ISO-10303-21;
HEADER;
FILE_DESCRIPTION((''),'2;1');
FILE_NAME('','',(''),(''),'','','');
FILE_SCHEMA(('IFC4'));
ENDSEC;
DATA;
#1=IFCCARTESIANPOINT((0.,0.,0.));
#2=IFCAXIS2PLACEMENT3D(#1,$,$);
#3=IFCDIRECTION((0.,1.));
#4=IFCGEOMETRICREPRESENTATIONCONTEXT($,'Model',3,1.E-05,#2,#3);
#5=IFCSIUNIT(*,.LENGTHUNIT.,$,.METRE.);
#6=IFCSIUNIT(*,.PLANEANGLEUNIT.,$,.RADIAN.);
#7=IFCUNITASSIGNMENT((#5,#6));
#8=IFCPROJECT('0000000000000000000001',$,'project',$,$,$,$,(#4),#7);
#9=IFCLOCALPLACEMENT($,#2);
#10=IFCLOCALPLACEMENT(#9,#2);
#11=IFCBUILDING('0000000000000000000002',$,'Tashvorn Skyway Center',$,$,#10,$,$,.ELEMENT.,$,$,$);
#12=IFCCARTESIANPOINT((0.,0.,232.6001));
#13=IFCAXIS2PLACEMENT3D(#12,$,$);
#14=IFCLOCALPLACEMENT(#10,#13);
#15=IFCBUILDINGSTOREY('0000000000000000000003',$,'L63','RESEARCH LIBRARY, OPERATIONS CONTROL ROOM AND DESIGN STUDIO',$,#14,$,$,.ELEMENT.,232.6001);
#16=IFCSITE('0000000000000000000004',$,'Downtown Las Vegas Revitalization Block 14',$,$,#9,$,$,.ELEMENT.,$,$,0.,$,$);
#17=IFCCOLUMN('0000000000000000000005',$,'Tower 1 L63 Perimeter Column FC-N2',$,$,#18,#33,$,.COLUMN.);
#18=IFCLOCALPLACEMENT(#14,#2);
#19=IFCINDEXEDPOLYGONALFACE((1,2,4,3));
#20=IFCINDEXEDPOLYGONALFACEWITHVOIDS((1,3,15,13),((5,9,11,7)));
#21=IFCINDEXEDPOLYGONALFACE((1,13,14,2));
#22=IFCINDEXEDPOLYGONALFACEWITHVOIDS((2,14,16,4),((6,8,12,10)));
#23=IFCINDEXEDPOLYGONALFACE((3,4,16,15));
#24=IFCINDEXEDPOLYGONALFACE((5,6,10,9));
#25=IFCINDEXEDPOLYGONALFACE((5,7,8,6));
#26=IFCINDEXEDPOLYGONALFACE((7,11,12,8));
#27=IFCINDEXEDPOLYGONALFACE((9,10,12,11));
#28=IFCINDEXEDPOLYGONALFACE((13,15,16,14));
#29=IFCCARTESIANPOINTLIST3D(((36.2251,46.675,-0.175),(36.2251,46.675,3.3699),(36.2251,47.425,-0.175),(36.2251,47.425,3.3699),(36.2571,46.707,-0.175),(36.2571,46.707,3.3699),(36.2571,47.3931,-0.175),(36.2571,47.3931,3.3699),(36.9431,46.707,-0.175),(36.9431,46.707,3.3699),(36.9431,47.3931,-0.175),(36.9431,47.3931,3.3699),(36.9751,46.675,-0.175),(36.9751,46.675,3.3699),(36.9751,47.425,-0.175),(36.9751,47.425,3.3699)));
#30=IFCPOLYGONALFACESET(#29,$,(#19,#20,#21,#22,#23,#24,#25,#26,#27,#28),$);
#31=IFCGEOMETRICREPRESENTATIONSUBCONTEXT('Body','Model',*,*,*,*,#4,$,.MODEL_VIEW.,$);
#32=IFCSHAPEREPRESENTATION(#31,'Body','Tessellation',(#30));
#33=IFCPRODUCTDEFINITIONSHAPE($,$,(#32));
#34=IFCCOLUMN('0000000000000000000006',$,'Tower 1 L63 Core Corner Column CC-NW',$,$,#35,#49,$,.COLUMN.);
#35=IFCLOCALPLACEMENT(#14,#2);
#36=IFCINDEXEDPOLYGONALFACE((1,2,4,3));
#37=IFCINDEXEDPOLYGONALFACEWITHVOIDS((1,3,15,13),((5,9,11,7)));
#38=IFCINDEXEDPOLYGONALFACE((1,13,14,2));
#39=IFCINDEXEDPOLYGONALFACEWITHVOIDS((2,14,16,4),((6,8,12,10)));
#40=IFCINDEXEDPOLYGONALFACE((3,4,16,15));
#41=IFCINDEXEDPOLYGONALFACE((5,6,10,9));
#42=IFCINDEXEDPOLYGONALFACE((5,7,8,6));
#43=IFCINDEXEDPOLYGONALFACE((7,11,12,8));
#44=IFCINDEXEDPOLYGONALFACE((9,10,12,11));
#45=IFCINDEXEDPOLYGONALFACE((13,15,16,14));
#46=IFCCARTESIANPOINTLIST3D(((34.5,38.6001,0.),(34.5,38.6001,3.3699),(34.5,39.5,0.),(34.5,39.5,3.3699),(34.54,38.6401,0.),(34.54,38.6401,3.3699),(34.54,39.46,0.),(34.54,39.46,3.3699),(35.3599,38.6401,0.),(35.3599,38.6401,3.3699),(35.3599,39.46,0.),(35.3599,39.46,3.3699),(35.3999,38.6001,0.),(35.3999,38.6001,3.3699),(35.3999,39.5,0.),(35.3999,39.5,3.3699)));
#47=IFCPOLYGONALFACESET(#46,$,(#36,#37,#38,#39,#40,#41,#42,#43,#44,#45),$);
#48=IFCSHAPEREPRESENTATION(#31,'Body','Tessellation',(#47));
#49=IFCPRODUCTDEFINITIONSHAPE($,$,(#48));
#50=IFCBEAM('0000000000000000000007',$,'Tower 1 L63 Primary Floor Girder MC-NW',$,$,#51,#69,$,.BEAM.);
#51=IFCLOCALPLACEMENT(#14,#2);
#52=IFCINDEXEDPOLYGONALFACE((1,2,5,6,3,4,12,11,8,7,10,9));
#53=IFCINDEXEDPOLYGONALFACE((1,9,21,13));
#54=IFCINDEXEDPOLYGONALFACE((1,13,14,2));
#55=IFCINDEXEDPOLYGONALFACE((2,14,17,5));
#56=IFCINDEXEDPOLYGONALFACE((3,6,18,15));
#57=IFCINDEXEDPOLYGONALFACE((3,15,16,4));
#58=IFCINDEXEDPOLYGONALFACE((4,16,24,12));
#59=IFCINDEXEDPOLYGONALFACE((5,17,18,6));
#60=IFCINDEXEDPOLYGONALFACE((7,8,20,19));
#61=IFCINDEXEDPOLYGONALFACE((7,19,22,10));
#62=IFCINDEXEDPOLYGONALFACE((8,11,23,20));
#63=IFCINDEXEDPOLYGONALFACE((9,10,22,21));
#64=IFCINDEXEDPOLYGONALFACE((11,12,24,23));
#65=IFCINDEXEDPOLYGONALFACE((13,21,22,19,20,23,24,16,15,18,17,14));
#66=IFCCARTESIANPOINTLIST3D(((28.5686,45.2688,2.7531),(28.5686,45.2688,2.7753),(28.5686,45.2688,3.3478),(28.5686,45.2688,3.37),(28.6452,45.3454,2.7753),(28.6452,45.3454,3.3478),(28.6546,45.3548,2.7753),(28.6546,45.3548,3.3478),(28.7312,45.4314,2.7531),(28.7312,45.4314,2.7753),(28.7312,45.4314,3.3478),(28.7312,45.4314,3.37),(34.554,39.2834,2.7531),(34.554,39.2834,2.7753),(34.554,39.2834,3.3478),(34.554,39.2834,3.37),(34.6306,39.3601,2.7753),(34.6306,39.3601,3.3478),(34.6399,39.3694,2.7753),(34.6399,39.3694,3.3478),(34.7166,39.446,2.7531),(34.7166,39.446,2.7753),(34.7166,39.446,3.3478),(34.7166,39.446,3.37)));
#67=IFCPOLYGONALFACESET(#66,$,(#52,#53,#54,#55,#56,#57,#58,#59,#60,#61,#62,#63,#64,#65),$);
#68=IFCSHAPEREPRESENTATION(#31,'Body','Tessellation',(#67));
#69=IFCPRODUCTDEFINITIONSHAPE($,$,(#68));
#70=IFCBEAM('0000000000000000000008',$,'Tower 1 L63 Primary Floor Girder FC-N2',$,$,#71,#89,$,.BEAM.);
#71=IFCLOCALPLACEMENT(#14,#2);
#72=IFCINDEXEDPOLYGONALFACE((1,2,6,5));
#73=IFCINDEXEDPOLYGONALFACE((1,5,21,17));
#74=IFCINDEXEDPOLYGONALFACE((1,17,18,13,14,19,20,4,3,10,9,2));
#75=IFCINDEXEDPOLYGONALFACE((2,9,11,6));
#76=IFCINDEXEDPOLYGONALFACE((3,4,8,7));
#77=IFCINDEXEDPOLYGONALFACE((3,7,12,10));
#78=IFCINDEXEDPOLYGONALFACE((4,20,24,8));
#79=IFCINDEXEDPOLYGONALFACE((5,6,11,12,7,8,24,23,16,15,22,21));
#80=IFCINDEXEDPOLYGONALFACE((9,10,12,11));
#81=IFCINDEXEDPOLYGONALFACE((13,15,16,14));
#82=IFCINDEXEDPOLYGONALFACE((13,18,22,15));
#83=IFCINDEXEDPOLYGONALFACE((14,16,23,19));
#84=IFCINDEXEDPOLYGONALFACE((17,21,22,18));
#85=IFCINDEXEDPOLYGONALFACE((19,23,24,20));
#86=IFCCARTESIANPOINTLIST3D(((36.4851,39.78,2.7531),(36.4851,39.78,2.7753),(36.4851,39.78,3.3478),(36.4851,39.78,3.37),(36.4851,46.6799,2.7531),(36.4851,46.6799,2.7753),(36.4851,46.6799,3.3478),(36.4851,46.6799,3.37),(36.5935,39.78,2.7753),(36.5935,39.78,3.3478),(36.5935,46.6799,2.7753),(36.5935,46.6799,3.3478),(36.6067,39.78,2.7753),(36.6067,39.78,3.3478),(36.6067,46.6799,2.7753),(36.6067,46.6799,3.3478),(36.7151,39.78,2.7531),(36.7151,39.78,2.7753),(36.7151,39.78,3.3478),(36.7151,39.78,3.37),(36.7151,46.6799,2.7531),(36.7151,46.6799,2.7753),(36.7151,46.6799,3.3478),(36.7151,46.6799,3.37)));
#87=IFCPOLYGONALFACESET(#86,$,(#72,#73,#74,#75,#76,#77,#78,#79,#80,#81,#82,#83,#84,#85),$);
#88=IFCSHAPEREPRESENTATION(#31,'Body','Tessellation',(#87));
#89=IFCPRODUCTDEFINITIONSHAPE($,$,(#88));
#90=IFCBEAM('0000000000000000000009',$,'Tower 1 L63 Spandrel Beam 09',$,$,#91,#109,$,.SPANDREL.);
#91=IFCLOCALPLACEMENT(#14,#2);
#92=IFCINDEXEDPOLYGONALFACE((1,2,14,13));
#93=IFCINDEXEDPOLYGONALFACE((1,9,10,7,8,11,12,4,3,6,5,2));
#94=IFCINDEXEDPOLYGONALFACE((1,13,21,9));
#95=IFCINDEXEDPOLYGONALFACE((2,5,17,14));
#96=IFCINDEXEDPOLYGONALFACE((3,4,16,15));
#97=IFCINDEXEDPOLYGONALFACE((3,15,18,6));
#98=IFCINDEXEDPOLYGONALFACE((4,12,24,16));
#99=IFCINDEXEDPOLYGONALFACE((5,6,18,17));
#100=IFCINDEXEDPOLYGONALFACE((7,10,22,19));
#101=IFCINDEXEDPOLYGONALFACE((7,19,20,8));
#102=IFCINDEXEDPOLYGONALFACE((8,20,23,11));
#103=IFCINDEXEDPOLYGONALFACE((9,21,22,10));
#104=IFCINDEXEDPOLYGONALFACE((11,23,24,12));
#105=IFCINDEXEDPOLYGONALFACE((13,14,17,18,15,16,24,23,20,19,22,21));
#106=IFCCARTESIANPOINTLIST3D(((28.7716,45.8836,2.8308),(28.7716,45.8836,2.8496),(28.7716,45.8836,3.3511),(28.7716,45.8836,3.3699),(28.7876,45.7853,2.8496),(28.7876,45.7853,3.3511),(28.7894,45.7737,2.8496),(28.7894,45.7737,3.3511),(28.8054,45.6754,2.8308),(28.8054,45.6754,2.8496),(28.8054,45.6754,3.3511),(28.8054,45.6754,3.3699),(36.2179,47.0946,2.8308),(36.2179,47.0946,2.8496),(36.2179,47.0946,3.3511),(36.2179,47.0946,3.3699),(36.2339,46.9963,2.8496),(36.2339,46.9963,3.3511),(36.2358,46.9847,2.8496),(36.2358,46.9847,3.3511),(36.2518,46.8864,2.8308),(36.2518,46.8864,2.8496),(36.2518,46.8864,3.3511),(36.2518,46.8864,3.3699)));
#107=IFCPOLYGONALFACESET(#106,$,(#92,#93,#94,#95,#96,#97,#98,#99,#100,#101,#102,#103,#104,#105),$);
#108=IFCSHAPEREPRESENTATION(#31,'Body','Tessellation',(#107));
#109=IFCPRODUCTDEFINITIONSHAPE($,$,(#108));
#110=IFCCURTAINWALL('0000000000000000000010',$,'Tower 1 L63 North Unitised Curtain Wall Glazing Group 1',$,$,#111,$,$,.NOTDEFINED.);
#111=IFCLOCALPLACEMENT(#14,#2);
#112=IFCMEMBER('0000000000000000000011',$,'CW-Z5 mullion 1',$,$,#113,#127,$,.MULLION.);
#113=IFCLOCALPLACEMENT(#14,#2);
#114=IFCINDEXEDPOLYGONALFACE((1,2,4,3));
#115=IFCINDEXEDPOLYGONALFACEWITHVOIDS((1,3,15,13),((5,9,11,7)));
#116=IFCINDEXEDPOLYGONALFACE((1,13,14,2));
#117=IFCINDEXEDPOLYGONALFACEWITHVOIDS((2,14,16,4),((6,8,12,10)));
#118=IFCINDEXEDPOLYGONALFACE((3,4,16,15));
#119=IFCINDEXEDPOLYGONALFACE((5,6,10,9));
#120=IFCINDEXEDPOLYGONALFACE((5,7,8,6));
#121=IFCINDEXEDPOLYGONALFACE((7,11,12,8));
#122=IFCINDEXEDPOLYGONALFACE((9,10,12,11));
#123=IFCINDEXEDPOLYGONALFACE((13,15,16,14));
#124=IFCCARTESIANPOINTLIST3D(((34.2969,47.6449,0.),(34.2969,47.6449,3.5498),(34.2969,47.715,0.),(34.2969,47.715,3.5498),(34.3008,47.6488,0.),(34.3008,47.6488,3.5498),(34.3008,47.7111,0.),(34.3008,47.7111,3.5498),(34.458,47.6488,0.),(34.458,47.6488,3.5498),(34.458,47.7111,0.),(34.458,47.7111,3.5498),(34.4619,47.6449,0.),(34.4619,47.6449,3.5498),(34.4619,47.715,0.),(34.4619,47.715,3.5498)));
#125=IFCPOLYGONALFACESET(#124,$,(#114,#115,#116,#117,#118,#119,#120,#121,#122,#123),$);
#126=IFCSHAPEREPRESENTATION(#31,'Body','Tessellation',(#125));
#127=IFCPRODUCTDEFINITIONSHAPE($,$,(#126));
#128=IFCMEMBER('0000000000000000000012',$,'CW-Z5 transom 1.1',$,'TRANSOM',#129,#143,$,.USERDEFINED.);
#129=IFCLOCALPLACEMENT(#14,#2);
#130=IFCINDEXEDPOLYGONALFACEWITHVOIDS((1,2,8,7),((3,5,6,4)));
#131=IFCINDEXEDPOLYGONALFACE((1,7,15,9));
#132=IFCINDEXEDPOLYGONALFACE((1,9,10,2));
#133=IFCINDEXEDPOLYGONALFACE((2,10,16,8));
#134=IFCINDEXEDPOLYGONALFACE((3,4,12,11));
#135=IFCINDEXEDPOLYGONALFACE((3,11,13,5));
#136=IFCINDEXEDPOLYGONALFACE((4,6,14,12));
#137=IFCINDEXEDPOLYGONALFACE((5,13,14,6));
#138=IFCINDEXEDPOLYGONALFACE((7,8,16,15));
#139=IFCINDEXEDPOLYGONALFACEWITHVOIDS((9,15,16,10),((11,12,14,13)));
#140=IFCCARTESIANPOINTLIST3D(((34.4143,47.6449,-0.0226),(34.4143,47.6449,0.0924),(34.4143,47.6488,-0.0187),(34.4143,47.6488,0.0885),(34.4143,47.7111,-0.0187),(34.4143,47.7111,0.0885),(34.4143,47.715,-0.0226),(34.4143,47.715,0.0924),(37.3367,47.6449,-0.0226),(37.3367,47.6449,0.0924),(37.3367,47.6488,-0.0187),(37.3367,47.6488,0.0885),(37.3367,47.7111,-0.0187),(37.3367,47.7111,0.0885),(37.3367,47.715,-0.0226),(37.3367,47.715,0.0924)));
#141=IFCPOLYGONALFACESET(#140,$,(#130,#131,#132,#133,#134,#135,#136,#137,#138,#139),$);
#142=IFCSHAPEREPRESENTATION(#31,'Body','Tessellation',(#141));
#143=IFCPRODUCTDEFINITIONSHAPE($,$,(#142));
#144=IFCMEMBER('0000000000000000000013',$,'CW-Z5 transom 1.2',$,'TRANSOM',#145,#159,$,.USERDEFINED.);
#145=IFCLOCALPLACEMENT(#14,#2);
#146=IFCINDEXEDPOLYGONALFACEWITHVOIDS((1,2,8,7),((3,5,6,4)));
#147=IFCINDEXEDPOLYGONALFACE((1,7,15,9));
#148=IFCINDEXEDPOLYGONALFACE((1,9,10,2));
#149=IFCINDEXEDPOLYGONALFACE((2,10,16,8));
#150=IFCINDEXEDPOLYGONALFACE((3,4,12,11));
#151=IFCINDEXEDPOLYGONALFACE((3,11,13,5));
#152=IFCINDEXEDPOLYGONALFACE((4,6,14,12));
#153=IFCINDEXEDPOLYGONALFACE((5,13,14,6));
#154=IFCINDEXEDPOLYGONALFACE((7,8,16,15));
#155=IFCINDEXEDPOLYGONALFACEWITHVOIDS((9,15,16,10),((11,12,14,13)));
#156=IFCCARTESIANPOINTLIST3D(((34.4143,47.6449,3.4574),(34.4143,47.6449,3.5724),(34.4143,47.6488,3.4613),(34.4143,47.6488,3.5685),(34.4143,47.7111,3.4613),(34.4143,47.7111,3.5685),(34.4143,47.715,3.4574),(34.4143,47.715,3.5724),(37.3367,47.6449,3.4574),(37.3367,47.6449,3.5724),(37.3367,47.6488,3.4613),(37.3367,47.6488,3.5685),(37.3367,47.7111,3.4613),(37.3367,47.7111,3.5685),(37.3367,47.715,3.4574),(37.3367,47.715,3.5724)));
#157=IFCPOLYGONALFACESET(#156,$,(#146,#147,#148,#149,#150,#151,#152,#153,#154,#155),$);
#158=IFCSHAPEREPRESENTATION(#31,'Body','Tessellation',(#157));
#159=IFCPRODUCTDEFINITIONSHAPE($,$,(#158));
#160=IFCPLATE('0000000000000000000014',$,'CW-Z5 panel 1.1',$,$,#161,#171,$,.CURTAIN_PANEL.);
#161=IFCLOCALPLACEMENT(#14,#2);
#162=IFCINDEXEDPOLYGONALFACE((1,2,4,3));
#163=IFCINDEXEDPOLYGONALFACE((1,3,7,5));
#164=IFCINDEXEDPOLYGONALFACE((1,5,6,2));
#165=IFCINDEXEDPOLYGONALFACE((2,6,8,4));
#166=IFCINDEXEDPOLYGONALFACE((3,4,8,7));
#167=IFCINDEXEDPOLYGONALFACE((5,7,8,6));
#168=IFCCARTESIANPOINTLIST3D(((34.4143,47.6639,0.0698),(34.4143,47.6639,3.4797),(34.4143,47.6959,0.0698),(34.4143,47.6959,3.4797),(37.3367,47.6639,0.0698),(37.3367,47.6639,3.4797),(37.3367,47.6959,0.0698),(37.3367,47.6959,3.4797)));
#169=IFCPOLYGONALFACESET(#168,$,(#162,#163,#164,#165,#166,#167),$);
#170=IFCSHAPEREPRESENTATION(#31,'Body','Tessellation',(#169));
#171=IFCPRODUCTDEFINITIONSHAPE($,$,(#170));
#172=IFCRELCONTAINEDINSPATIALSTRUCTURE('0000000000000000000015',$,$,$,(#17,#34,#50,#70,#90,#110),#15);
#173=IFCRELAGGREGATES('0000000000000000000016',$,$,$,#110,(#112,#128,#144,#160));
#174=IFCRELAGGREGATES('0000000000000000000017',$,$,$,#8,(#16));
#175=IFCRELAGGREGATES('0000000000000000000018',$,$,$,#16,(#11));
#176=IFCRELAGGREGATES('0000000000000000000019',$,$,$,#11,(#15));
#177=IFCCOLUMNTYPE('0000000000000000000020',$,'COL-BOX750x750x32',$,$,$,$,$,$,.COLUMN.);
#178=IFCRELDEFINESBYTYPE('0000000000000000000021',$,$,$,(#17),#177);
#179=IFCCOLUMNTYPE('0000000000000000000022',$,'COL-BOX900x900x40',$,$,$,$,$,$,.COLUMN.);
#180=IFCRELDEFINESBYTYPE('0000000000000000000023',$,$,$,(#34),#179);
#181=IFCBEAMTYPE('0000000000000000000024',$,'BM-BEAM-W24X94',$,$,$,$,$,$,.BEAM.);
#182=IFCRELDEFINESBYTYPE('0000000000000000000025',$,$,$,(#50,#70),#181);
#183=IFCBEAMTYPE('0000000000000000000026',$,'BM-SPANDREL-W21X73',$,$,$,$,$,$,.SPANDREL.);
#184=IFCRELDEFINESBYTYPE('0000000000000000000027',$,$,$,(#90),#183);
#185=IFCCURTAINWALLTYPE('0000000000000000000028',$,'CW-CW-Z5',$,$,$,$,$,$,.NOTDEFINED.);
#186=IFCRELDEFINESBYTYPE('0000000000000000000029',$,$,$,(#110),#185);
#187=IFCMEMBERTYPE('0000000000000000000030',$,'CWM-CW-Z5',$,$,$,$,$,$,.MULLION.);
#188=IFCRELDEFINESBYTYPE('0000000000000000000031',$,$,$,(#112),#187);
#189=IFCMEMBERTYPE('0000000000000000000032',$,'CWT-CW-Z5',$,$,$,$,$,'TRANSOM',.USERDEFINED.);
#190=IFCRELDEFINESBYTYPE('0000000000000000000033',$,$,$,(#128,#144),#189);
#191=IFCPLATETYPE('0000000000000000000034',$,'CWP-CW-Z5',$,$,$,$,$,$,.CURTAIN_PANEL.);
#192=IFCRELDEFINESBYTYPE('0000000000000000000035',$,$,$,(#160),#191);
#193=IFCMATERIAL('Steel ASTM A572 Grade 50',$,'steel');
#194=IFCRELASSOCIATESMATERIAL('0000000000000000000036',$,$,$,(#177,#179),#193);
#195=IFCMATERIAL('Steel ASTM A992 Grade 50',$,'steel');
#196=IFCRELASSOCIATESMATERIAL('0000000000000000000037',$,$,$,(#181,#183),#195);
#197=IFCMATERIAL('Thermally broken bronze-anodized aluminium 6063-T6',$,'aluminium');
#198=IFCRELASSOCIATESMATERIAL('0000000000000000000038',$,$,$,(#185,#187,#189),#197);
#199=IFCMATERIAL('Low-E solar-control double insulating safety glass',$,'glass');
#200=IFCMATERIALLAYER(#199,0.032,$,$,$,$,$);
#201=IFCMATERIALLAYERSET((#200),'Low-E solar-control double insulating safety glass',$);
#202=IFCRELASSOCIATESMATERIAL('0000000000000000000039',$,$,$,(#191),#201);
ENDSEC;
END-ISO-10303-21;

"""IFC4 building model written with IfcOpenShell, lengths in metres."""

from ifc_helpers import new_model, si_unit, direction, frame, origin, origin_2d, place, context, subcontext, project, spatial, rectangle, hollow_rectangle, i_section, extrude, material, layer, layer_set, material_profile, profile_set, type_object, element, aggregate, save


model = new_model("IFC4")

# Units and contexts
model_context = context("Model", 3, precision=1e-05, world=origin(), true_north=direction((0.0, 1.0)))
body_context = subcontext(model_context, "Body", "Model", "MODEL_VIEW")
ifc_project = project(units=[si_unit("LENGTHUNIT", "METRE"), si_unit("PLANEANGLEUNIT", "RADIAN")], contexts=[model_context])

# Site, building, storey
site_placement = place(None, origin())
site = spatial("IfcSite", under=ifc_project, at=site_placement, Name="Downtown Las Vegas Revitalization Block 14", CompositionType="ELEMENT", RefElevation=0.0)
building_placement = place(site_placement, origin())
building = spatial("IfcBuilding", under=site, at=building_placement, Name="Tashvorn Skyway Center", CompositionType="ELEMENT")
storey_placement = place(building_placement, frame((0.0, 0.0, 232.6001)))
storey = spatial("IfcBuildingStorey", under=building, at=storey_placement, Name="L63", Description="RESEARCH LIBRARY, OPERATIONS CONTROL ROOM AND DESIGN STUDIO", CompositionType="ELEMENT", Elevation=232.6001)

# Columns
ifc_material_1 = material(Name="Steel ASTM A572 Grade 50", Category="steel")
ifc_material_profile_1 = material_profile(ifc_material_1, hollow_rectangle(XDim=0.75, YDim=0.75, WallThickness=0.032, at=origin_2d()), Name="BOX750x750x32")
ifc_profile_set_1 = profile_set([ifc_material_profile_1], Name="Steel ASTM A572 Grade 50")
column_type_1 = type_object("IfcColumnType", Name="COL-BOX750x750x32", PredefinedType="COLUMN", material=ifc_profile_set_1)
column_1_placement = place(storey_placement, frame((36.6001, 47.05, -0.175), z_axis=(0.0, 0.0, 1.0), x_axis=(1.0, 0.0, 0.0)))
element("IfcColumn", 1, at=column_1_placement, inside=storey, type_object=column_type_1, Name="Tower 1 L63 Perimeter Column FC-N2", PredefinedType="COLUMN", context=body_context, shape_type="SweptSolid", body=[
    extrude(hollow_rectangle(XDim=0.75, YDim=0.75, WallThickness=0.032, at=origin_2d()), origin(), (0.0, 0.0, 1.0), 3.5449),
])
ifc_material_profile_2 = material_profile(ifc_material_1, hollow_rectangle(XDim=0.8999, YDim=0.8999, WallThickness=0.04, at=origin_2d()), Name="BOX900x900x40")
ifc_profile_set_2 = profile_set([ifc_material_profile_2], Name="Steel ASTM A572 Grade 50")
column_type_2 = type_object("IfcColumnType", Name="COL-BOX900x900x40", PredefinedType="COLUMN", material=ifc_profile_set_2)
column_2_placement = place(storey_placement, frame((34.95, 39.05, 0.0), z_axis=(0.0, 0.0, 1.0), x_axis=(1.0, 0.0, 0.0)))
element("IfcColumn", 2, at=column_2_placement, inside=storey, type_object=column_type_2, Name="Tower 1 L63 Core Corner Column CC-NW", PredefinedType="COLUMN", context=body_context, shape_type="SweptSolid", body=[
    extrude(hollow_rectangle(XDim=0.8999, YDim=0.8999, WallThickness=0.04, at=origin_2d()), origin(), (0.0, 0.0, 1.0), 3.3699),
])

# Beams
ifc_material_2 = material(Name="Steel ASTM A992 Grade 50", Category="steel")
ifc_material_profile_3 = material_profile(ifc_material_2, i_section(OverallWidth=0.23, OverallDepth=0.6169, WebThickness=0.0132, FlangeThickness=0.0222, at=origin_2d()), Name="W24X94")
ifc_profile_set_3 = profile_set([ifc_material_profile_3], Name="Steel ASTM A992 Grade 50")
beam_type_1 = type_object("IfcBeamType", Name="BM-BEAM-W24X94", PredefinedType="BEAM", material=ifc_profile_set_3)
beam_1_placement = place(storey_placement, frame((28.6499, 45.3501, 3.0615), z_axis=(0.707107, -0.707107, 0.0), x_axis=(0.707107, 0.707107, 0.0)))
element("IfcBeam", 3, at=beam_1_placement, inside=storey, type_object=beam_type_1, Name="Tower 1 L63 Primary Floor Girder MC-NW", PredefinedType="BEAM", context=body_context, shape_type="SweptSolid", body=[
    extrude(i_section(OverallWidth=0.23, OverallDepth=0.6169, WebThickness=0.0132, FlangeThickness=0.0222, at=origin_2d()), origin(), (0.0, 0.0, 1.0), 8.4646),
])
beam_2_placement = place(storey_placement, frame((36.6001, 46.6799, 3.0615), z_axis=(0.0, -1.0, 0.0), x_axis=(1.0, 0.0, 0.0)))
element("IfcBeam", 4, at=beam_2_placement, inside=storey, type_object=beam_type_1, Name="Tower 1 L63 Primary Floor Girder FC-N2", PredefinedType="BEAM", context=body_context, shape_type="SweptSolid", body=[
    extrude(i_section(OverallWidth=0.23, OverallDepth=0.6169, WebThickness=0.0132, FlangeThickness=0.0222, at=origin_2d()), origin(), (0.0, 0.0, 1.0), 6.8999),
])
ifc_material_profile_4 = material_profile(ifc_material_2, i_section(OverallWidth=0.2109, OverallDepth=0.5391, WebThickness=0.0117, FlangeThickness=0.0188, at=origin_2d()), Name="W21X73")
ifc_profile_set_4 = profile_set([ifc_material_profile_4], Name="Steel ASTM A992 Grade 50")
beam_type_2 = type_object("IfcBeamType", Name="BM-SPANDREL-W21X73", PredefinedType="SPANDREL", material=ifc_profile_set_4)
beam_3_placement = place(storey_placement, frame((36.2349, 46.9905, 3.1003), z_axis=(-0.987034, -0.160514, 0.0), x_axis=(0.160514, -0.987034, 0.0)))
element("IfcBeam", 5, at=beam_3_placement, inside=storey, type_object=beam_type_2, Name="Tower 1 L63 Spandrel Beam 09", PredefinedType="SPANDREL", context=body_context, shape_type="SweptSolid", body=[
    extrude(i_section(OverallWidth=0.2109, OverallDepth=0.5391, WebThickness=0.0117, FlangeThickness=0.0188, at=origin_2d()), origin(), (0.0, 0.0, 1.0), 7.5442),
])

# Curtain wall, members, plate
ifc_material_3 = material(Name="Thermally broken bronze-anodized aluminium 6063-T6", Category="aluminium")
curtain_wall_type = type_object("IfcCurtainWallType", Name="CW-CW-Z5", PredefinedType="NOTDEFINED", material=ifc_material_3)
curtain_wall_placement = place(storey_placement, origin())
curtain_wall = element("IfcCurtainWall", 6, at=curtain_wall_placement, inside=storey, type_object=curtain_wall_type, Name="Tower 1 L63 North Unitised Curtain Wall Glazing Group 1", PredefinedType="NOTDEFINED")
ifc_material_profile_5 = material_profile(ifc_material_3, hollow_rectangle(XDim=0.0701, YDim=0.165, WallThickness=0.0039, at=origin_2d()), Name="ALU-MULL-70x165")
ifc_profile_set_5 = profile_set([ifc_material_profile_5], Name="Thermally broken bronze-anodized aluminium 6063-T6")
member_type_1 = type_object("IfcMemberType", Name="CWM-CW-Z5", PredefinedType="MULLION", material=ifc_profile_set_5)
member_1_placement = place(storey_placement, frame((34.3794, 47.6799, 0.0), z_axis=(0.0, 0.0, 1.0), x_axis=(0.0, 1.0, 0.0)))
member_1 = element("IfcMember", 7, at=member_1_placement, type_object=member_type_1, Name="CW-Z5 mullion 1", PredefinedType="MULLION", context=body_context, shape_type="SweptSolid", body=[
    extrude(hollow_rectangle(XDim=0.0701, YDim=0.165, WallThickness=0.0039, at=origin_2d()), origin(), (0.0, 0.0, 1.0), 3.5498),
])
ifc_material_profile_6 = material_profile(ifc_material_3, hollow_rectangle(XDim=0.0701, YDim=0.115, WallThickness=0.0039, at=origin_2d()), Name="ALU-TRAN-70x115")
ifc_profile_set_6 = profile_set([ifc_material_profile_6], Name="Thermally broken bronze-anodized aluminium 6063-T6")
member_type_2 = type_object("IfcMemberType", Name="CWT-CW-Z5", ElementType="TRANSOM", PredefinedType="USERDEFINED", material=ifc_profile_set_6)
member_2_placement = place(storey_placement, frame((34.4143, 47.6799, 0.0349), z_axis=(1.0, 0.0, 0.0), x_axis=(0.0, 1.0, 0.0)))
member_2 = element("IfcMember", 8, at=member_2_placement, type_object=member_type_2, Name="CW-Z5 transom 1.1", ObjectType="TRANSOM", PredefinedType="USERDEFINED", context=body_context, shape_type="SweptSolid", body=[
    extrude(hollow_rectangle(XDim=0.0701, YDim=0.115, WallThickness=0.0039, at=origin_2d()), origin(), (0.0, 0.0, 1.0), 2.9224),
])
member_3_placement = place(storey_placement, frame((34.4143, 47.6799, 3.5149), z_axis=(1.0, 0.0, 0.0), x_axis=(0.0, 1.0, 0.0)))
member_3 = element("IfcMember", 9, at=member_3_placement, type_object=member_type_2, Name="CW-Z5 transom 1.2", ObjectType="TRANSOM", PredefinedType="USERDEFINED", context=body_context, shape_type="SweptSolid", body=[
    extrude(hollow_rectangle(XDim=0.0701, YDim=0.115, WallThickness=0.0039, at=origin_2d()), origin(), (0.0, 0.0, 1.0), 2.9224),
])
ifc_material_4 = material(Name="Low-E solar-control double insulating safety glass", Category="glass")
ifc_layer_1 = layer(ifc_material_4, 0.032)
ifc_layer_set_1 = layer_set([ifc_layer_1], Name="Low-E solar-control double insulating safety glass")
plate_type_1 = type_object("IfcPlateType", Name="CWP-CW-Z5", PredefinedType="CURTAIN_PANEL", material=ifc_layer_set_1)
plate_1_placement = place(storey_placement, frame((35.8755, 47.6799, 0.0698), z_axis=(0.0, 0.0, 1.0), x_axis=(1.0, 0.0, 0.0)))
plate_1 = element("IfcPlate", 10, at=plate_1_placement, type_object=plate_type_1, Name="CW-Z5 panel 1.1", PredefinedType="CURTAIN_PANEL", context=body_context, shape_type="SweptSolid", body=[
    extrude(rectangle(XDim=2.9224, YDim=0.032, at=origin_2d()), origin(), (0.0, 0.0, 1.0), 3.4099),
])
aggregate(curtain_wall, [member_1, member_2, member_3, plate_1])

save(model, "model.ifc")
